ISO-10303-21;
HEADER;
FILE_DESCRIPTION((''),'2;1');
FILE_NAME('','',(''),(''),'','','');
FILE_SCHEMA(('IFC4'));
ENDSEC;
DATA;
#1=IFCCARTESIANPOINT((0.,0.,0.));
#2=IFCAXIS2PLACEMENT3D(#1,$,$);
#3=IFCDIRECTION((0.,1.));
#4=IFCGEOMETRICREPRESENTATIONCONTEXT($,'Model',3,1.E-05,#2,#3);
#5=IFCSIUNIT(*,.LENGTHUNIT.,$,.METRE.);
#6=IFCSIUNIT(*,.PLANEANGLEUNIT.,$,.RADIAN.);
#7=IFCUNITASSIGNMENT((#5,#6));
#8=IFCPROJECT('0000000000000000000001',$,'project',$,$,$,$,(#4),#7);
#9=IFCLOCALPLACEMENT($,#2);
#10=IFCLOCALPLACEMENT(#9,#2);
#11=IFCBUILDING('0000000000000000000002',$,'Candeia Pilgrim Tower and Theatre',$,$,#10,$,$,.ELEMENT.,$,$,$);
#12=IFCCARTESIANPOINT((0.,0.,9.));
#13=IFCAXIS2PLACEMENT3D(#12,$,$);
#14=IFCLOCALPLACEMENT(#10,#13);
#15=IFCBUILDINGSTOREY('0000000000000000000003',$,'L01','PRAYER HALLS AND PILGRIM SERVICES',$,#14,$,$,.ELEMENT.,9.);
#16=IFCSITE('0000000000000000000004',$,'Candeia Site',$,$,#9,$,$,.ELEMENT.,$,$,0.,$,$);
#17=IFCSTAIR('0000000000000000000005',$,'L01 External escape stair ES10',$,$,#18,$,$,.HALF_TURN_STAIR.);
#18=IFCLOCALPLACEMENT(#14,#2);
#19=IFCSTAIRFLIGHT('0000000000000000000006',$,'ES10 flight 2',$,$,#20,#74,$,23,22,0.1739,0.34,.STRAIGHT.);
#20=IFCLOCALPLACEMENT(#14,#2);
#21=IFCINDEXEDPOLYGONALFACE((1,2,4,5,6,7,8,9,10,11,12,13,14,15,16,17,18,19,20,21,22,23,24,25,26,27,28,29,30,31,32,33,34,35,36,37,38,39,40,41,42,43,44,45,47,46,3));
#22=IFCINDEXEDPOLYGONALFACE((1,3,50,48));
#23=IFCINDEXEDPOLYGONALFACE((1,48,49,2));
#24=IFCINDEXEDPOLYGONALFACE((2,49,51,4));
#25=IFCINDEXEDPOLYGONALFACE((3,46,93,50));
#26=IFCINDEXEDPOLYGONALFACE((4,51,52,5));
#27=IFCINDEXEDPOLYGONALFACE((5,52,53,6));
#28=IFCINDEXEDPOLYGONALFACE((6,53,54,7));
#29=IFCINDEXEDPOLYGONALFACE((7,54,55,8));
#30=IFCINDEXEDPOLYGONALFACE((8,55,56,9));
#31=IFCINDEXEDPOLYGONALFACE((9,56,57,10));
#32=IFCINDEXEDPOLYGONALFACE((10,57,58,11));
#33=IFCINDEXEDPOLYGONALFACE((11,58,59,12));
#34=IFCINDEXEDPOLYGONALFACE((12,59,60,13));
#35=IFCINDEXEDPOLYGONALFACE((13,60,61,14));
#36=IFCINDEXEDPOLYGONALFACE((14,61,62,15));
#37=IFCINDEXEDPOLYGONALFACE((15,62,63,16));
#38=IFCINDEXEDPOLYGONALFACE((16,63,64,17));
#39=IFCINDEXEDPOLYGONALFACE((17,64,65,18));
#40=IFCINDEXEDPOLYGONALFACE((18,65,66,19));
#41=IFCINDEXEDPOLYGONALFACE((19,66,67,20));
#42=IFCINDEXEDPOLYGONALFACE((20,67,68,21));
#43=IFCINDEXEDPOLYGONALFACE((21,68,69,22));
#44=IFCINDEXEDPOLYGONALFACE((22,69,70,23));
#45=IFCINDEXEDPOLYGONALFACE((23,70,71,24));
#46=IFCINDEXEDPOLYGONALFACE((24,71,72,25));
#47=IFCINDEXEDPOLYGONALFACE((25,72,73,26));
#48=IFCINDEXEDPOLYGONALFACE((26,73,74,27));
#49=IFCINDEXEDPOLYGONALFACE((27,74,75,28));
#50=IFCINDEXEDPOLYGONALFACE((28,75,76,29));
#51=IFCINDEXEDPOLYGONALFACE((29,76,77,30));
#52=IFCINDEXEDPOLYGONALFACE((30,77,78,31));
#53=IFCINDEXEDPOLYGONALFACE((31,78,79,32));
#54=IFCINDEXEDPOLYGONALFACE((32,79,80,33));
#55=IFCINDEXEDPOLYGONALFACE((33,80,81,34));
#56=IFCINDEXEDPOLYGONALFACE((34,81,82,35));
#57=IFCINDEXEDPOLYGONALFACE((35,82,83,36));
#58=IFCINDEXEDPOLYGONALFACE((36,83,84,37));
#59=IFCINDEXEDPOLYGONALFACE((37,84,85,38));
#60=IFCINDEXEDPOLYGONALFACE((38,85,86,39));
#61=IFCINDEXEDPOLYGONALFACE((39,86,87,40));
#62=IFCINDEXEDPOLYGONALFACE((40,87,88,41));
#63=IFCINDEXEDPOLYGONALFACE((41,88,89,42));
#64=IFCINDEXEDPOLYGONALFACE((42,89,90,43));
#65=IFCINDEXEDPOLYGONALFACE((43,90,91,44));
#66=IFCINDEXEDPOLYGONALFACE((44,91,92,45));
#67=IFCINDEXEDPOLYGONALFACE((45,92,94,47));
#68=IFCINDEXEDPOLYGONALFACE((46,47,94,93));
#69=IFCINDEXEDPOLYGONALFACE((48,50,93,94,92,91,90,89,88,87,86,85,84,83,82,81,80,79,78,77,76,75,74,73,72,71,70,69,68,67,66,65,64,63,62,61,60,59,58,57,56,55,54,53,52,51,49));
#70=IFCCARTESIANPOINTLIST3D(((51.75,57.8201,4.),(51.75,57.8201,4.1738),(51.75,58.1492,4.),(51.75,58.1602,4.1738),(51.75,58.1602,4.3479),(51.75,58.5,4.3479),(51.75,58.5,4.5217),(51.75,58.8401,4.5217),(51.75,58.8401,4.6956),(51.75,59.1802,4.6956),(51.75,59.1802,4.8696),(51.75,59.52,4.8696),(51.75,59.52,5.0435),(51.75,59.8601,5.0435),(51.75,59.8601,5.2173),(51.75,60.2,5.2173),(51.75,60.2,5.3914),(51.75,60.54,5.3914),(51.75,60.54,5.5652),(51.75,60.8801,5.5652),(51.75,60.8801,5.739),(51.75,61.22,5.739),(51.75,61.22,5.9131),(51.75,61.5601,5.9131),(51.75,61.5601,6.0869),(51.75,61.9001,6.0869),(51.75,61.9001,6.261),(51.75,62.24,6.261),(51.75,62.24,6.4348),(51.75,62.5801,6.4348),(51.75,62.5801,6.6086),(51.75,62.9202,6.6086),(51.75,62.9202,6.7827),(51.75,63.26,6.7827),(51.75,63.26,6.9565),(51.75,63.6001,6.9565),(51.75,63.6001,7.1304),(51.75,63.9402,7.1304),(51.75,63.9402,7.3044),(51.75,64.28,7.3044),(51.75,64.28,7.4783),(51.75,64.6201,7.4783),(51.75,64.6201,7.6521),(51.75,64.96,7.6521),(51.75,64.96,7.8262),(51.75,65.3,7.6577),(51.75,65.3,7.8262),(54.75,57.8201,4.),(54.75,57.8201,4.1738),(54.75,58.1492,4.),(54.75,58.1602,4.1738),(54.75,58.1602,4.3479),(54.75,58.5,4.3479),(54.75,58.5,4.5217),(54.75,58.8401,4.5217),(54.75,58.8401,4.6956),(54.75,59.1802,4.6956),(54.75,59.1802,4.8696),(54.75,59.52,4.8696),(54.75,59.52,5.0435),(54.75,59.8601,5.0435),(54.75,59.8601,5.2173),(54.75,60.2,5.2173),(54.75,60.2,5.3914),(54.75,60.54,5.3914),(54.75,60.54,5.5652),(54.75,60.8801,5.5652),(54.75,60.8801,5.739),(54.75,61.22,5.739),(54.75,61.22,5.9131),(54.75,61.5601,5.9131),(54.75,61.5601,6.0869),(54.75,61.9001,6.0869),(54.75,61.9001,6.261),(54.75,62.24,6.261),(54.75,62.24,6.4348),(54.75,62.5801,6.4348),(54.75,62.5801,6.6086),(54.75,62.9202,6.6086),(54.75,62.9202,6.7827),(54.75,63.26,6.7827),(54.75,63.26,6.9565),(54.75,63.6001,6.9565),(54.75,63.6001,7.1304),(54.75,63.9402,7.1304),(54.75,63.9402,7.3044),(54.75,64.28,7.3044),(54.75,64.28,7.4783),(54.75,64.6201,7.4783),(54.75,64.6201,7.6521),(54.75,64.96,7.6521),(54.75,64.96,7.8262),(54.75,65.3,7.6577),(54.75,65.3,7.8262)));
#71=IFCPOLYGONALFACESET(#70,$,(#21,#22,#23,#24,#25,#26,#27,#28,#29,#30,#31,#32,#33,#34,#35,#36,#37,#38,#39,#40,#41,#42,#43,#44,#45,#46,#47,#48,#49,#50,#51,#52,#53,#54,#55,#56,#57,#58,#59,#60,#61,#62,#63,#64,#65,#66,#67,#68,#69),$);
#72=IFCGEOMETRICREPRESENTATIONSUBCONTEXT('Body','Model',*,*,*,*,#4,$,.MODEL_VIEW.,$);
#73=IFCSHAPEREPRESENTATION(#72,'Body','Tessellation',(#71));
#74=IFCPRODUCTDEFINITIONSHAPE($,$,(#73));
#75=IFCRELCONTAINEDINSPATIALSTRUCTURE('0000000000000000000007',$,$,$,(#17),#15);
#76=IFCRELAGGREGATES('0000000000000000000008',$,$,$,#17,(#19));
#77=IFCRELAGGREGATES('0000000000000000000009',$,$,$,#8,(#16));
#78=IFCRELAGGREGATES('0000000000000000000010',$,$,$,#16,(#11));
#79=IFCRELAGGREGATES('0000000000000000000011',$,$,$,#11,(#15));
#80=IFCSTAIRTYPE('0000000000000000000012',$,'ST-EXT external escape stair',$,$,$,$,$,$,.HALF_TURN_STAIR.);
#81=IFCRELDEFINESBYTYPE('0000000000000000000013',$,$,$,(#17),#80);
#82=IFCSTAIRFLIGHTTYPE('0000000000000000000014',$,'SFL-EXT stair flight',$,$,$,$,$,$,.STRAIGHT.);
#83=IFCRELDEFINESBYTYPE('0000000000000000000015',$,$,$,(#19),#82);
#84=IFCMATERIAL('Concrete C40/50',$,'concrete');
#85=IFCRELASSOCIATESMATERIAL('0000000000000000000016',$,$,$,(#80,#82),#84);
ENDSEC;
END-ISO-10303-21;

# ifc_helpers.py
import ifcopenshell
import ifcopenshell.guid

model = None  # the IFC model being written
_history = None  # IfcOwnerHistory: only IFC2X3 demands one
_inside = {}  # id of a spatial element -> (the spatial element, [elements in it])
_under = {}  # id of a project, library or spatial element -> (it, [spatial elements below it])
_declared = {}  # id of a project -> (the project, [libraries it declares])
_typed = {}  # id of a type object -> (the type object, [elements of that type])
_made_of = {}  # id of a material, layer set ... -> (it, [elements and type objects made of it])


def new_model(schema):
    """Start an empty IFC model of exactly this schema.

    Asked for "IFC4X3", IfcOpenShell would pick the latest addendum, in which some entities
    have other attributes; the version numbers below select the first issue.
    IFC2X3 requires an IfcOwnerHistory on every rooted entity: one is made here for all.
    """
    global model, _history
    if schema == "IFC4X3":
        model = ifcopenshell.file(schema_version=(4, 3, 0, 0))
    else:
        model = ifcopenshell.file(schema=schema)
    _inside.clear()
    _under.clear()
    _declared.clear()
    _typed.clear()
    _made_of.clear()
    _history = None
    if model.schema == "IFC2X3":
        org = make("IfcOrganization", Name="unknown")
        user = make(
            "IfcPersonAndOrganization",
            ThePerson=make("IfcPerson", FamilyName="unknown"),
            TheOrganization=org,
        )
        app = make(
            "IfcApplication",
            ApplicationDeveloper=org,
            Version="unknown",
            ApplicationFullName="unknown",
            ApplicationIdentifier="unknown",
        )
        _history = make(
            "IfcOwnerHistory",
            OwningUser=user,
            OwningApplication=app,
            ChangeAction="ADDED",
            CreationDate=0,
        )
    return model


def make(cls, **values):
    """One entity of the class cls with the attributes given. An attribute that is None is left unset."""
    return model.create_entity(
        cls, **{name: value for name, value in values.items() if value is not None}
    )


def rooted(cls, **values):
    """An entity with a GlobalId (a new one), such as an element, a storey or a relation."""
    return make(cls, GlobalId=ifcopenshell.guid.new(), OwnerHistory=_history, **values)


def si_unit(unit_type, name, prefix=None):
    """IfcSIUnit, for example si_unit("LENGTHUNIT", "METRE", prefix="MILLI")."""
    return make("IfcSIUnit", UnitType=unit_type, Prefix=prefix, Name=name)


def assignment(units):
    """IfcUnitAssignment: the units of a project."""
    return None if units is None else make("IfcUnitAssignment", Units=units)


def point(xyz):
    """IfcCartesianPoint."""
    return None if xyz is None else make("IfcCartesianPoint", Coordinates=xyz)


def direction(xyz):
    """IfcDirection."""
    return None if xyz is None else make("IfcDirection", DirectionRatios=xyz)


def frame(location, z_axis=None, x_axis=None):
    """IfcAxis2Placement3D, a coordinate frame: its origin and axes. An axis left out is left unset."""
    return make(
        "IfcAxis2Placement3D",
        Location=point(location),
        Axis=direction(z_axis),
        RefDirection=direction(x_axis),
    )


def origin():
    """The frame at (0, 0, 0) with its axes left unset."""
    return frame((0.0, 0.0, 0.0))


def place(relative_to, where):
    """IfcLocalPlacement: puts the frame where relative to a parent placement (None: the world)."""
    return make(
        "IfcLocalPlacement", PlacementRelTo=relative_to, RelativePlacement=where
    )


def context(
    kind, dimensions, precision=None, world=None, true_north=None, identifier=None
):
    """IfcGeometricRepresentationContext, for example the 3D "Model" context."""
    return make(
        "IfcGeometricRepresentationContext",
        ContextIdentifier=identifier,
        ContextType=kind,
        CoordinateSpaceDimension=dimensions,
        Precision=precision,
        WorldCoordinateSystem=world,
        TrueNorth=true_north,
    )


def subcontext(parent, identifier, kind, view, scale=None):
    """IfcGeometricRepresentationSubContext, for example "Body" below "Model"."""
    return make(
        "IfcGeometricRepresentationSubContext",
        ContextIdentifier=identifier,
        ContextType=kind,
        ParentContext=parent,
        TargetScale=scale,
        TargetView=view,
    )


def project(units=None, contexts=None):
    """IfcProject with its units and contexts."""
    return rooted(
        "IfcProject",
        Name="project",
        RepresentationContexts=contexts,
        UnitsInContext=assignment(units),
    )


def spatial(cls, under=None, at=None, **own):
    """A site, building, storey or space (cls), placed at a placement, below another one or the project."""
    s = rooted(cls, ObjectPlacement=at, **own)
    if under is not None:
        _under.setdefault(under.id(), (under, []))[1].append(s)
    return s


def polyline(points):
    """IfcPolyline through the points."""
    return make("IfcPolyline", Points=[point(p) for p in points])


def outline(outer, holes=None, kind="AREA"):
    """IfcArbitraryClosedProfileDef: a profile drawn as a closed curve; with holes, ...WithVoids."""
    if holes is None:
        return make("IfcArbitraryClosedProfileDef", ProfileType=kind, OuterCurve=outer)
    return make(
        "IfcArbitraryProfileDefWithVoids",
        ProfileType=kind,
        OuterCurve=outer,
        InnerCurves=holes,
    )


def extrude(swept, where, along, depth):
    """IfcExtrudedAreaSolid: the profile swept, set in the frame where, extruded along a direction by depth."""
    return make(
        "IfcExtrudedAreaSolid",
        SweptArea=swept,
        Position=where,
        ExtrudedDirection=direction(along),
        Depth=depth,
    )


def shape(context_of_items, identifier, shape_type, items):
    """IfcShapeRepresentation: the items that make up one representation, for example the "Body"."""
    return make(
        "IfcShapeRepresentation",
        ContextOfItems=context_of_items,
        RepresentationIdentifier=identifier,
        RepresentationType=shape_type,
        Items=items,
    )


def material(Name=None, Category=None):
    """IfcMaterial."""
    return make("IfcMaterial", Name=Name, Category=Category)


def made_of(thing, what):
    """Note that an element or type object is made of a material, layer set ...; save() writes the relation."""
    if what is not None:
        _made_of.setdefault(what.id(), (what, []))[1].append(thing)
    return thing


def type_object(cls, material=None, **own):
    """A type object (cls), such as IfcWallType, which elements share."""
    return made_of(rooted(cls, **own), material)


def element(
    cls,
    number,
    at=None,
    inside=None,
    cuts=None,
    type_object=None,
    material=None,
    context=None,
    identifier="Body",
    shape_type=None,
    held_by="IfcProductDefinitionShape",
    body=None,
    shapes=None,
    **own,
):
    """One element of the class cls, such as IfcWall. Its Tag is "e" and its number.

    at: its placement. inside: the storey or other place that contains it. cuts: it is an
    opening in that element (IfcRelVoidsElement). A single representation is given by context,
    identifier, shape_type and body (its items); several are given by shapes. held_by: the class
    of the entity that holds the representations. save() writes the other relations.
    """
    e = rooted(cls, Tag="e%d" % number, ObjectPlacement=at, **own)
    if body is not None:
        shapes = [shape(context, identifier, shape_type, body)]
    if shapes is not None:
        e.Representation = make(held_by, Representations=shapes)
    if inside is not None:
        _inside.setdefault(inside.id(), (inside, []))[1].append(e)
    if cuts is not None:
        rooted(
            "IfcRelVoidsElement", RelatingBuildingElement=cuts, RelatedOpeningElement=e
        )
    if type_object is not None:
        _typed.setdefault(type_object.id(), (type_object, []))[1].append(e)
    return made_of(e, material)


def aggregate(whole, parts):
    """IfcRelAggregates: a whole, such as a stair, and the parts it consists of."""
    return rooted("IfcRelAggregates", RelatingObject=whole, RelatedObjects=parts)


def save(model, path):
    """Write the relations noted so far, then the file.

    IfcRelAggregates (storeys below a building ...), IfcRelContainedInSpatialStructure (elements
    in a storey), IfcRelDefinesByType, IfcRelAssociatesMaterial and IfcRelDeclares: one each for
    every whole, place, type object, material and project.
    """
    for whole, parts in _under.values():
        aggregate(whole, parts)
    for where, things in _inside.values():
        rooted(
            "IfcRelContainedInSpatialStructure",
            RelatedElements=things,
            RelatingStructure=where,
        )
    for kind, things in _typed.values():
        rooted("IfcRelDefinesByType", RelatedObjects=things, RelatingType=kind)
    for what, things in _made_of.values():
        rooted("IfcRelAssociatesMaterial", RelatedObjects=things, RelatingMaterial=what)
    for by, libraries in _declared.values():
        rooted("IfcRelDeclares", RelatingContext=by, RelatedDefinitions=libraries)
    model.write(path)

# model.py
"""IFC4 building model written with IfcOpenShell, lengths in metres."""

from ifc_helpers import new_model, si_unit, direction, frame, origin, place, context, subcontext, project, spatial, polyline, outline, extrude, material, type_object, element, aggregate, save


model = new_model("IFC4")

# Units and contexts
model_context = context("Model", 3, precision=1e-05, world=origin(), true_north=direction((0.0, 1.0)))
body_context = subcontext(model_context, "Body", "Model", "MODEL_VIEW")
ifc_project = project(units=[si_unit("LENGTHUNIT", "METRE"), si_unit("PLANEANGLEUNIT", "RADIAN")], contexts=[model_context])

# Site, building, storey
site_placement = place(None, origin())
site = spatial("IfcSite", under=ifc_project, at=site_placement, Name="Candeia Site", CompositionType="ELEMENT", RefElevation=0.0)
building_placement = place(site_placement, origin())
building = spatial("IfcBuilding", under=site, at=building_placement, Name="Candeia Pilgrim Tower and Theatre", CompositionType="ELEMENT")
storey_placement = place(building_placement, frame((0.0, 0.0, 9.0)))
storey = spatial("IfcBuildingStorey", under=building, at=storey_placement, Name="L01", Description="PRAYER HALLS AND PILGRIM SERVICES", CompositionType="ELEMENT", Elevation=9.0)

# Shared definitions
ifc_material_1 = material(Name="Concrete C40/50", Category="concrete")

# Shared definitions
stair_type = type_object("IfcStairType", Name="ST-EXT external escape stair", PredefinedType="HALF_TURN_STAIR", material=ifc_material_1)

# Stair
stair_1_placement = place(storey_placement, origin())
stair_1 = element("IfcStair", 1, at=stair_1_placement, inside=storey, type_object=stair_type, Name="L01 External escape stair ES10", PredefinedType="HALF_TURN_STAIR")

# Stair flight
stair_flight_type = type_object("IfcStairFlightType", Name="SFL-EXT stair flight", PredefinedType="STRAIGHT", material=ifc_material_1)
stair_flight_placement = place(storey_placement, frame((53.25, 57.8201, 4.0), z_axis=(0.0, 0.0, 1.0), x_axis=(0.0, 1.0, 0.0)))
stair_flight = element("IfcStairFlight", 2, at=stair_flight_placement, type_object=stair_flight_type, Name="ES10 flight 2", NumberOfRisers=23, NumberOfTreads=22, PredefinedType="STRAIGHT", RiserHeight=0.1739, TreadLength=0.34, context=body_context, shape_type="SweptSolid", body=[
    extrude(outline(polyline([(0.0, 0.0), (0.0, 0.1738), (0.3401, 0.1738), (0.3401, 0.3479), (0.6799, 0.3479), (0.6799, 0.5217), (1.02, 0.5217), (1.02, 0.6956), (1.3601, 0.6956), (1.3601, 0.8696), (1.7, 0.8696), (1.7, 1.0435), (2.04, 1.0435), (2.04, 1.2173), (2.3799, 1.2173), (2.3799, 1.3914), (2.72, 1.3914), (2.72, 1.5652), (3.0601, 1.5652), (3.0601, 1.739), (3.3999, 1.739), (3.3999, 1.9131), (3.74, 1.9131), (3.74, 2.0869), (4.0801, 2.0869), (4.0801, 2.261), (4.4199, 2.261), (4.4199, 2.4348), (4.76, 2.4348), (4.76, 2.6086), (5.1001, 2.6086), (5.1001, 2.7827), (5.4399, 2.7827), (5.4399, 2.9565), (5.78, 2.9565), (5.78, 3.1304), (6.1201, 3.1304), (6.1201, 3.3044), (6.46, 3.3044), (6.46, 3.4783), (6.8, 3.4783), (6.8, 3.6521), (7.1399, 3.6521), (7.1399, 3.8262), (7.48, 3.8262), (7.48, 4.0), (7.48, 3.6577), (0.3291, 0.0), (0.0, 0.0)])), frame((0.0, 1.5, 0.0), z_axis=(0.0, -1.0, 0.0), x_axis=(1.0, 0.0, 0.0)), (0.0, 0.0, 1.0), 3.0),
])
aggregate(stair_1, [stair_flight])

save(model, "model.ifc")
